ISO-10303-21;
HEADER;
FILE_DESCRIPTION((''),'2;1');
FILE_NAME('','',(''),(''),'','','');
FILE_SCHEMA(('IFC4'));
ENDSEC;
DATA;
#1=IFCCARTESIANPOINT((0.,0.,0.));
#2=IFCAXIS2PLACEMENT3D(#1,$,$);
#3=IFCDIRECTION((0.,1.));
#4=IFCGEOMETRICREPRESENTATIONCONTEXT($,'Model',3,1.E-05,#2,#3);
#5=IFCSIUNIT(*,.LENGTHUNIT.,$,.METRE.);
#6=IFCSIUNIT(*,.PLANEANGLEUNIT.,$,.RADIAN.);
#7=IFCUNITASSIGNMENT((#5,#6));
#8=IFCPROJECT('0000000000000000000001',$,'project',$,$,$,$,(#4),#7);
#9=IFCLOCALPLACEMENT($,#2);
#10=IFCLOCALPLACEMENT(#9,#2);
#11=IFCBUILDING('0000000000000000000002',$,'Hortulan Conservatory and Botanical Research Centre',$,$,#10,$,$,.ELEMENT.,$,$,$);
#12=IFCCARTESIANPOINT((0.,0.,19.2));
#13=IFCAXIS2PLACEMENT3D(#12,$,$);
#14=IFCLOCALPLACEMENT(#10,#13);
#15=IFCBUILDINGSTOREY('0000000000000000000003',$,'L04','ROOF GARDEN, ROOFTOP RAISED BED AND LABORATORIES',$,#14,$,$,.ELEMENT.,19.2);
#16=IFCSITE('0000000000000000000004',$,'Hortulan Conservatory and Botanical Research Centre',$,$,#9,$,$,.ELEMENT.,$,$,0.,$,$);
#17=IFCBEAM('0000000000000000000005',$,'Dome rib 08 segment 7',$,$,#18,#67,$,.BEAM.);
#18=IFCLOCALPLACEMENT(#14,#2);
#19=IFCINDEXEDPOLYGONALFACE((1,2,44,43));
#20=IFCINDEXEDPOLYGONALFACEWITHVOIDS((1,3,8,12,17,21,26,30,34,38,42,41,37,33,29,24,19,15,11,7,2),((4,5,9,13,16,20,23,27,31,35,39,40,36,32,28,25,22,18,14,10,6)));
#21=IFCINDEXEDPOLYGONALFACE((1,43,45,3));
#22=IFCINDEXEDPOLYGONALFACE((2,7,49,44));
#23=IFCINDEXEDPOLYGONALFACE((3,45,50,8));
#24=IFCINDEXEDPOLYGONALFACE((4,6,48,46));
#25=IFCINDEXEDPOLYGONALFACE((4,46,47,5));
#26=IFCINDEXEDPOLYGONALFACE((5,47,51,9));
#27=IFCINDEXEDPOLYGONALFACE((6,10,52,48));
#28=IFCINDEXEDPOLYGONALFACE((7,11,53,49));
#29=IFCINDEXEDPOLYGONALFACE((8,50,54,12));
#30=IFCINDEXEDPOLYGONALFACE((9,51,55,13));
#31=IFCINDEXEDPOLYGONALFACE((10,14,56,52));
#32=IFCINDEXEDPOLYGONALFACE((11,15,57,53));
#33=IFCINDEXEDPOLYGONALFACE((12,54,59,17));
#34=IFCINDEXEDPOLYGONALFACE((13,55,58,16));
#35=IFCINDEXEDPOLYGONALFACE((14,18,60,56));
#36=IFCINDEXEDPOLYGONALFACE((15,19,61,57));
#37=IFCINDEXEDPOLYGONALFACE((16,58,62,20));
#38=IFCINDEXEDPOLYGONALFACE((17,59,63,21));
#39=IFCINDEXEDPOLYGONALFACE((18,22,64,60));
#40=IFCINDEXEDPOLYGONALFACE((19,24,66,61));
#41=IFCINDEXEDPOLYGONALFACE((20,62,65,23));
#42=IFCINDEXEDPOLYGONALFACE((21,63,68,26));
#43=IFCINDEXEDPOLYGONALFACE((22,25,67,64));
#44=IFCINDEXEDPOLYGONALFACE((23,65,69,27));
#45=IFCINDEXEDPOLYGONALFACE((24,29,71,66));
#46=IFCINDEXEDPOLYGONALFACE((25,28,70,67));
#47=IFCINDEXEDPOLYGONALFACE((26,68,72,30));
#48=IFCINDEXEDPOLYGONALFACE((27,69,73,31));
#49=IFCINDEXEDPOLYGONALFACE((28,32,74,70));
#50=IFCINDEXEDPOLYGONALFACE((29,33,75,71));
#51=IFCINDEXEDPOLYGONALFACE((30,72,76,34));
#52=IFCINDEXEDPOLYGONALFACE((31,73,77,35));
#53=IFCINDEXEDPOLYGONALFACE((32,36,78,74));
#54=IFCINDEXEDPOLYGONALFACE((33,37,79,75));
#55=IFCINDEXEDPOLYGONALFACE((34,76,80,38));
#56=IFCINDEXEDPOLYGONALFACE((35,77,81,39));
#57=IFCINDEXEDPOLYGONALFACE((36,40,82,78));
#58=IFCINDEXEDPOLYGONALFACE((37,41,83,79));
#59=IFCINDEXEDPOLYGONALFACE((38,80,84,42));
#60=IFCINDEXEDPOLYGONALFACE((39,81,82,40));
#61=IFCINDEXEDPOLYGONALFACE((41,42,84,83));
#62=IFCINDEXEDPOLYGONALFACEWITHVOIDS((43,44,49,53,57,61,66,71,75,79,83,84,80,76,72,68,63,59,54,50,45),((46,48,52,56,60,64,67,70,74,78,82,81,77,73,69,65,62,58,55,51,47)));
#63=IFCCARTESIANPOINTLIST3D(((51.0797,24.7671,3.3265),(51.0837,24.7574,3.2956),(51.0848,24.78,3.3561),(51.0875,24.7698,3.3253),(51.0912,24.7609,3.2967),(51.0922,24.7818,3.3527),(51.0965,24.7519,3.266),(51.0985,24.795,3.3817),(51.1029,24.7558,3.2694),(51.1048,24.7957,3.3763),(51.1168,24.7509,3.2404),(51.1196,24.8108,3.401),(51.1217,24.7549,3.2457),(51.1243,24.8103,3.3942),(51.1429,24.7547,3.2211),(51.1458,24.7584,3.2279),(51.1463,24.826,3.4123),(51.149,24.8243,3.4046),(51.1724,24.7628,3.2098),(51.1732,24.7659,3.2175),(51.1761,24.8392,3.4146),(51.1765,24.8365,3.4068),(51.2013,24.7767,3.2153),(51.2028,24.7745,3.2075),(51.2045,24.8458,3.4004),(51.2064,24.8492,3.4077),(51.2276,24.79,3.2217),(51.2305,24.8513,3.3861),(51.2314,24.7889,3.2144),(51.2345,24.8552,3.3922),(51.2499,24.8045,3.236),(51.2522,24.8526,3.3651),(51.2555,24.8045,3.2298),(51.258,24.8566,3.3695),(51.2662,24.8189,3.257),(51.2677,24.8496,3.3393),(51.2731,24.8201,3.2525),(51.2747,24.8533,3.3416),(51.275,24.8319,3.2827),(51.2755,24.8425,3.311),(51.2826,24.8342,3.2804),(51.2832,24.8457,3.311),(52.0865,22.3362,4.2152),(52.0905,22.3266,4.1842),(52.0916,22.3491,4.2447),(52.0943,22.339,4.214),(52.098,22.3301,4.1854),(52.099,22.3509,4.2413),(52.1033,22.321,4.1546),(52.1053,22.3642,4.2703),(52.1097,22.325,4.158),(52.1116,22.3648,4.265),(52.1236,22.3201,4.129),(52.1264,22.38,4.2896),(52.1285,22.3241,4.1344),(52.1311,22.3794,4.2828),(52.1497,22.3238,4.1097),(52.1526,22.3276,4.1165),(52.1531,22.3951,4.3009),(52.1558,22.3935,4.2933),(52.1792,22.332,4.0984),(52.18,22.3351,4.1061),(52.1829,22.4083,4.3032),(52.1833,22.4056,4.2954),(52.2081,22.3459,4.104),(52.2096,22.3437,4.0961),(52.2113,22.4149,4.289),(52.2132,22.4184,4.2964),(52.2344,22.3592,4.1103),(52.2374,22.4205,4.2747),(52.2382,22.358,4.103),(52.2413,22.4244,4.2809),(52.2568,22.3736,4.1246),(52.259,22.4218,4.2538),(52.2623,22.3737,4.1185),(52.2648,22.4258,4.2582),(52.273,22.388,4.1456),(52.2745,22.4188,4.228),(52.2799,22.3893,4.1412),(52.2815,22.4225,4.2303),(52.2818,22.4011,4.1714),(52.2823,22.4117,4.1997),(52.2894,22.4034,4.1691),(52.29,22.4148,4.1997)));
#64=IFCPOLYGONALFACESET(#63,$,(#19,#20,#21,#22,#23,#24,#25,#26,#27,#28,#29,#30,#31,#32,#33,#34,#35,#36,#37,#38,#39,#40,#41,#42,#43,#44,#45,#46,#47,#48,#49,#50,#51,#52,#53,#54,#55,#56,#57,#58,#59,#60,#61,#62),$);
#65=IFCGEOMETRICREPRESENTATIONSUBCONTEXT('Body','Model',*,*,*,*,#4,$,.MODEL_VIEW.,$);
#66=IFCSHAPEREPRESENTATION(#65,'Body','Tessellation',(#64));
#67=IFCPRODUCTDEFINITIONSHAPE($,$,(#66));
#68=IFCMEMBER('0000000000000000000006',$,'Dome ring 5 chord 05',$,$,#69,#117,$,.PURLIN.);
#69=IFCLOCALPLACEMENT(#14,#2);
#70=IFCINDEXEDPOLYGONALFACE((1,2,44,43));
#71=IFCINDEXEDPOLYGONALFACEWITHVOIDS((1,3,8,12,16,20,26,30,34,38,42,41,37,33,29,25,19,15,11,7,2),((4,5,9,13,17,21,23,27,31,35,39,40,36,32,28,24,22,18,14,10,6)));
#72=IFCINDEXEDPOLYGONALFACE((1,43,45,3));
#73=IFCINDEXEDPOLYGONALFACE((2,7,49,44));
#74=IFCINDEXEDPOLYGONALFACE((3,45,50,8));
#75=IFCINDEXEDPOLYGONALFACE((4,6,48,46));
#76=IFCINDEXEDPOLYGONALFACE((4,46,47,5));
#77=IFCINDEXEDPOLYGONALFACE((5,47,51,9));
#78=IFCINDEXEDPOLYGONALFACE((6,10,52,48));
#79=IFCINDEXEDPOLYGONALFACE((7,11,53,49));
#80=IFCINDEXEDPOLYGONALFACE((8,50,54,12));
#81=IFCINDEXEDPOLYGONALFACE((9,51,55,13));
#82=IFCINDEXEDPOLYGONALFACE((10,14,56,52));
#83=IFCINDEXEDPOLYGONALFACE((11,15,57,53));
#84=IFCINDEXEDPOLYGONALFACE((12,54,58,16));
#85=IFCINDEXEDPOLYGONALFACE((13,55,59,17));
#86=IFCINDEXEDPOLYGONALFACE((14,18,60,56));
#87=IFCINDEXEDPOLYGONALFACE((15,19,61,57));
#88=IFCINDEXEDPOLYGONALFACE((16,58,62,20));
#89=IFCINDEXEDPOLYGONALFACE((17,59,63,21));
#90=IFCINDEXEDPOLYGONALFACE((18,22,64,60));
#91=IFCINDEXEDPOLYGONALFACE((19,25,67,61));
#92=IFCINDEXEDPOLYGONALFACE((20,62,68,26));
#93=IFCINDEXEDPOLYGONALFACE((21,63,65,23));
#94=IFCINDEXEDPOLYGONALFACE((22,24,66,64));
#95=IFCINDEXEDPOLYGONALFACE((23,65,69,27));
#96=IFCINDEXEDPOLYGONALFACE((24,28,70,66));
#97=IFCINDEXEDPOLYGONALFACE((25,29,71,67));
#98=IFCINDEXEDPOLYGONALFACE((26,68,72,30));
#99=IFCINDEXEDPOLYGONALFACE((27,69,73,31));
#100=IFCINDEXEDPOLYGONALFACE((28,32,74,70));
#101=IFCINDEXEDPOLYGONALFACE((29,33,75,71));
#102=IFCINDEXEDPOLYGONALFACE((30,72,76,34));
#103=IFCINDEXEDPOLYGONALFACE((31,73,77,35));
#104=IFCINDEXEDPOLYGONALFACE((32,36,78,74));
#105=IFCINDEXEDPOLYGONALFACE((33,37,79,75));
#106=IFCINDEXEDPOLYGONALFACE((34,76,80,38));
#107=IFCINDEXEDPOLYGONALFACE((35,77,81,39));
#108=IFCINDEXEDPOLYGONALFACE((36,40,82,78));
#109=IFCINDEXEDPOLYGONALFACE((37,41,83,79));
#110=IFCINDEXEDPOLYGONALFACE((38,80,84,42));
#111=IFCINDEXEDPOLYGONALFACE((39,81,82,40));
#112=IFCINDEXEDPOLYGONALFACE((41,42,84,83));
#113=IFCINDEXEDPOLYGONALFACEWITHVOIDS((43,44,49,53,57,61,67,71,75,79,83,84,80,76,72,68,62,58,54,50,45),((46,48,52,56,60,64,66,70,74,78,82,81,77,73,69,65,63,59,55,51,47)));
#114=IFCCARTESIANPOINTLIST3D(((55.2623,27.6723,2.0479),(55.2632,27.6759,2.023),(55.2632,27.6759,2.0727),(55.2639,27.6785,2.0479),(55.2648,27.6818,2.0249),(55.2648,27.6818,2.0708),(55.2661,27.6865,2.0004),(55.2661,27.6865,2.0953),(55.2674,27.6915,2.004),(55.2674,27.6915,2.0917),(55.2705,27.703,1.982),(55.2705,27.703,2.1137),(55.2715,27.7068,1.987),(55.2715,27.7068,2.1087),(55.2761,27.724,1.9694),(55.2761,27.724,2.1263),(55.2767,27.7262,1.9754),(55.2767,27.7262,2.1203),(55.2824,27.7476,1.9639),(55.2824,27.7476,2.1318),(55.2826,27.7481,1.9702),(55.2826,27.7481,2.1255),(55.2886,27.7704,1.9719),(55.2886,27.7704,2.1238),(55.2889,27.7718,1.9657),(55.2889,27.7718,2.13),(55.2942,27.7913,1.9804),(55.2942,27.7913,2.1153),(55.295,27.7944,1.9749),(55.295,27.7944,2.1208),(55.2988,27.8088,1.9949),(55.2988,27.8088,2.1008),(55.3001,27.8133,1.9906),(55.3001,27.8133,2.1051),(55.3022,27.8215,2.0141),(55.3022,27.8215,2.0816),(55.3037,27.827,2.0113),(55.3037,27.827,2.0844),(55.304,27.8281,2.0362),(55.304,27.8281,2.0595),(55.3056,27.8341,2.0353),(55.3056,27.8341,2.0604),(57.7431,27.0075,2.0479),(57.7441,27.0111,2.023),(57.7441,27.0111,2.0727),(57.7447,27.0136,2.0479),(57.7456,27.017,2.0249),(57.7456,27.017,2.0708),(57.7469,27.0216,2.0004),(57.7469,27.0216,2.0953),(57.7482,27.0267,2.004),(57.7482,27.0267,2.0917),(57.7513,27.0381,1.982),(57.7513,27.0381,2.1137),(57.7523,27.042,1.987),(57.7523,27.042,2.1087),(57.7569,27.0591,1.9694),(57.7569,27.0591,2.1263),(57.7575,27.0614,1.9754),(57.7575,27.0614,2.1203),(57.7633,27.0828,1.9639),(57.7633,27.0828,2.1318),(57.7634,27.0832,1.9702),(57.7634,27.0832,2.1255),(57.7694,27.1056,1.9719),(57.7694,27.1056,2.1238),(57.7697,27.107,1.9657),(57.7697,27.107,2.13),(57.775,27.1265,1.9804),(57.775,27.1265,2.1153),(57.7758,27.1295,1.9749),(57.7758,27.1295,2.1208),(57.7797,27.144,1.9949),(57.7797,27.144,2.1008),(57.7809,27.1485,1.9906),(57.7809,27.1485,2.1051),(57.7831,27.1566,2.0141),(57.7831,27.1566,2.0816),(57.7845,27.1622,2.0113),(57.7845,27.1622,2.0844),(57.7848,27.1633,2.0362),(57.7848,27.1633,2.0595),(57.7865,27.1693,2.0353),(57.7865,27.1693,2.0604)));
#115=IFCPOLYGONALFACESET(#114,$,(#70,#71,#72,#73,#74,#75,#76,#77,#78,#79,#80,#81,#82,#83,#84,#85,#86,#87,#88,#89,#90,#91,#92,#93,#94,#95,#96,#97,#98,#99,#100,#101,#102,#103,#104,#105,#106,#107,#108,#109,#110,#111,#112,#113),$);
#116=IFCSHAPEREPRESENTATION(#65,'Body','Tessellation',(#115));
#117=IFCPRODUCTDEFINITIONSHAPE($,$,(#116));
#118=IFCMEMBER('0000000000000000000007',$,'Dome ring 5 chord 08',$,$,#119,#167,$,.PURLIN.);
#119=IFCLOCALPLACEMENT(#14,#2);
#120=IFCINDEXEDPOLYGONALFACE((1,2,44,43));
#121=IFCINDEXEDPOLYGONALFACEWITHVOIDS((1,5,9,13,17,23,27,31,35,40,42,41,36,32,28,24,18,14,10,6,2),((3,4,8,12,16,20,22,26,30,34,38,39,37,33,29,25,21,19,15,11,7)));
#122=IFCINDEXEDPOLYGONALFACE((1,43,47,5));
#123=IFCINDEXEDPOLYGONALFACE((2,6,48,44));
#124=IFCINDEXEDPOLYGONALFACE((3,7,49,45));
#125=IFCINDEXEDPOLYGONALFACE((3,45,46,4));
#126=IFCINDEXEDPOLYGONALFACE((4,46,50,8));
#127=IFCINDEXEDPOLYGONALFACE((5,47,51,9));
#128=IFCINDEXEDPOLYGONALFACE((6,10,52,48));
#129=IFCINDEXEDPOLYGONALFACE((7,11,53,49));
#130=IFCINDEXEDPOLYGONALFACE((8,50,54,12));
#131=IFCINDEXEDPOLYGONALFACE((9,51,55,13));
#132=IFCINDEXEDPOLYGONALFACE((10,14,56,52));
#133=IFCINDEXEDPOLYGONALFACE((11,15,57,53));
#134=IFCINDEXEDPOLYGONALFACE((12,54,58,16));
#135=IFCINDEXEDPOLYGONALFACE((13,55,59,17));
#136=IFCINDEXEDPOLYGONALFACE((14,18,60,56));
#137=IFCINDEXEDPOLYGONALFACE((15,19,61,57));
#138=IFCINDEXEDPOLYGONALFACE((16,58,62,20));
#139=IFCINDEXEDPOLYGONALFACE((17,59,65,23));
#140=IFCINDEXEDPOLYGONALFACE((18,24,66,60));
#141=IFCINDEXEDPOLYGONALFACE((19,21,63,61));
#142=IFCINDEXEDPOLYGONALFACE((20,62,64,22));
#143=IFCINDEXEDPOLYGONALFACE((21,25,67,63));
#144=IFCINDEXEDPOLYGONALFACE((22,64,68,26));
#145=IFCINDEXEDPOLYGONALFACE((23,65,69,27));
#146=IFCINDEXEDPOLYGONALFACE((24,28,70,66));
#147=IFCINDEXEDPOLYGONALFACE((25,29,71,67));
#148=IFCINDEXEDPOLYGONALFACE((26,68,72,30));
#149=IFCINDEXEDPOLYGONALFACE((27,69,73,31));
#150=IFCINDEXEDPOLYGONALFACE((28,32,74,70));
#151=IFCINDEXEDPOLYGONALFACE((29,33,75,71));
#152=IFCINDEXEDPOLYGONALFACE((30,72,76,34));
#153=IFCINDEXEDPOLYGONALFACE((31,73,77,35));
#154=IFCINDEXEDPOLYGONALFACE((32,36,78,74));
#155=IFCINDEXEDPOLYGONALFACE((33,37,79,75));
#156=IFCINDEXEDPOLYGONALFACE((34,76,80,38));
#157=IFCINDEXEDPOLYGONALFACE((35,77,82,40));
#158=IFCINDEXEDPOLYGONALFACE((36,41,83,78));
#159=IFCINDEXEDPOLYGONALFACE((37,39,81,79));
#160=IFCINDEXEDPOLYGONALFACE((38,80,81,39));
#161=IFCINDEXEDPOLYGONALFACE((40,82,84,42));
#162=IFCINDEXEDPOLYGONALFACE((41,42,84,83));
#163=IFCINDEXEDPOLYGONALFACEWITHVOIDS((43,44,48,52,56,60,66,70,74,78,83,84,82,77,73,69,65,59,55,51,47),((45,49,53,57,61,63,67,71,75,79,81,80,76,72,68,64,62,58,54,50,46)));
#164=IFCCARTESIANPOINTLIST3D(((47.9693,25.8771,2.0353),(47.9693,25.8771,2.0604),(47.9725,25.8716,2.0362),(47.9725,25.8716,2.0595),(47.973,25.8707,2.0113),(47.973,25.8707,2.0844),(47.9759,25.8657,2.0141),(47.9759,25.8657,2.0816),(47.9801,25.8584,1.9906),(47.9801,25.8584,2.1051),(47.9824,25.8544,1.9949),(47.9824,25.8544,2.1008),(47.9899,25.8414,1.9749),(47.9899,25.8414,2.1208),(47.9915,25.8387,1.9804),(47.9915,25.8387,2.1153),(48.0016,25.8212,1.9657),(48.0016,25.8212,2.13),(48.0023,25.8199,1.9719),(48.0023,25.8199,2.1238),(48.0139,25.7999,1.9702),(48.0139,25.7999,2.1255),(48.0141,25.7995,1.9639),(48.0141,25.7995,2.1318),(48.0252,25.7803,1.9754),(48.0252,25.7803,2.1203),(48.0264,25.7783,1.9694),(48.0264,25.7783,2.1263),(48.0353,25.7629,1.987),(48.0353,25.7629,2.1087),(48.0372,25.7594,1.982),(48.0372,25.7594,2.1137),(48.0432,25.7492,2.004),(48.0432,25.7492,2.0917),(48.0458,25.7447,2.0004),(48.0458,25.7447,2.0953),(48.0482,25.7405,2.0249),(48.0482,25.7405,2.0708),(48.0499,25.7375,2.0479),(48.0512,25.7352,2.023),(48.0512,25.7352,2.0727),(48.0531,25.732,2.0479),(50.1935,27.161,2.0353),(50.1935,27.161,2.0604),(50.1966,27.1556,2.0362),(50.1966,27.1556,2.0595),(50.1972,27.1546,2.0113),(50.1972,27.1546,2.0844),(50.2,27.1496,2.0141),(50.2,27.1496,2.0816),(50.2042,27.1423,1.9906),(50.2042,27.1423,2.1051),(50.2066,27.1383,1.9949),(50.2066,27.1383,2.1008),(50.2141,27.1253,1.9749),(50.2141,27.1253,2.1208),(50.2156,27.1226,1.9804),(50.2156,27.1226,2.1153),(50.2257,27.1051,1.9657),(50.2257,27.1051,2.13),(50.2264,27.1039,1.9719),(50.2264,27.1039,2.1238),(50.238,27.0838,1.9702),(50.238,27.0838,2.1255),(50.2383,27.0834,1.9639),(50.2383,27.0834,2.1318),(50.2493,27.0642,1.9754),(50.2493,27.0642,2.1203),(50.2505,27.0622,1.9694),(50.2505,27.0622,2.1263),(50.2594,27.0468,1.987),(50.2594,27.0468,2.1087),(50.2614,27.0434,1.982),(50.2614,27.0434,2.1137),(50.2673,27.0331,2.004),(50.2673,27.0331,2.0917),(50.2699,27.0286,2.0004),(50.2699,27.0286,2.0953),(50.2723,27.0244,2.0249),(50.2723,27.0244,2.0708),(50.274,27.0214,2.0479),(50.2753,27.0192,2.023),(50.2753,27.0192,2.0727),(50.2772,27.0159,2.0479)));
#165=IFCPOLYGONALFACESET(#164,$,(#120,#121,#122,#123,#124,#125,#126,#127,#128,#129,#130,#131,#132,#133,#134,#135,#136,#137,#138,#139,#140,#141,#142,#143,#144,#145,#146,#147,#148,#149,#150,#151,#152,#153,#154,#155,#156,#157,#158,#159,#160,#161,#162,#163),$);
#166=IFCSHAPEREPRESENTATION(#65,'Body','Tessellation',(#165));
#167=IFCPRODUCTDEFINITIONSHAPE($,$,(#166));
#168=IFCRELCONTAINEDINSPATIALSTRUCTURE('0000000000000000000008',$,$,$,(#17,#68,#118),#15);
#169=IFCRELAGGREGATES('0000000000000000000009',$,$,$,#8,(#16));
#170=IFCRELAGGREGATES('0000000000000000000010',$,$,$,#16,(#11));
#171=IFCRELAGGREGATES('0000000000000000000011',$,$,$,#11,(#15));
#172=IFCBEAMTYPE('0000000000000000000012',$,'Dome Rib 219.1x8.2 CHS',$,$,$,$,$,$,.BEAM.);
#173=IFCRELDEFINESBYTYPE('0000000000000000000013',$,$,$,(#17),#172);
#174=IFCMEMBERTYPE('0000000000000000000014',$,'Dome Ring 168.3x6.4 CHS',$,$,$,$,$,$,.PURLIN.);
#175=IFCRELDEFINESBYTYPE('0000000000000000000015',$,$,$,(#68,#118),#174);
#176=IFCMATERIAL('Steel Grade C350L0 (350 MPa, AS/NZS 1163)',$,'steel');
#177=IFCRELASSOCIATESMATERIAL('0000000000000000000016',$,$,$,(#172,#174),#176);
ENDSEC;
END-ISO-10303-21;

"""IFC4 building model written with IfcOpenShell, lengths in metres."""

from ifc_helpers import new_model, si_unit, direction, frame, origin, origin_2d, place, context, subcontext, project, spatial, hollow_circle, extrude, material, material_profile, profile_set, type_object, element, save


model = new_model("IFC4")

# Units and contexts
model_context = context("Model", 3, precision=1e-05, world=origin(), true_north=direction((0.0, 1.0)))
body_context = subcontext(model_context, "Body", "Model", "MODEL_VIEW")
ifc_project = project(units=[si_unit("LENGTHUNIT", "METRE"), si_unit("PLANEANGLEUNIT", "RADIAN")], contexts=[model_context])

# Site, building, storey
site_placement = place(None, origin())
site = spatial("IfcSite", under=ifc_project, at=site_placement, Name="Hortulan Conservatory and Botanical Research Centre", CompositionType="ELEMENT", RefElevation=0.0)
building_placement = place(site_placement, origin())
building = spatial("IfcBuilding", under=site, at=building_placement, Name="Hortulan Conservatory and Botanical Research Centre", CompositionType="ELEMENT")
storey_placement = place(building_placement, frame((0.0, 0.0, 19.2)))
storey = spatial("IfcBuildingStorey", under=building, at=storey_placement, Name="L04", Description="ROOF GARDEN, ROOFTOP RAISED BED AND LABORATORIES", CompositionType="ELEMENT", Elevation=19.2)

# Beam
ifc_material_1 = material(Name="Steel Grade C350L0 (350 MPa, AS/NZS 1163)", Category="steel")
ifc_material_profile_1 = material_profile(ifc_material_1, hollow_circle(Radius=0.1096, WallThickness=0.0083, at=origin_2d()), Name="219.1x8.2CHS")
ifc_profile_set_1 = profile_set([ifc_material_profile_1], Name="Steel Grade C350L0 (350 MPa, AS/NZS 1163)")
beam_type = type_object("IfcBeamType", Name="Dome Rib 219.1x8.2 CHS", PredefinedType="BEAM", material=ifc_profile_set_1)
beam_1_placement = place(storey_placement, frame((51.1819, 24.8037, 3.311), z_axis=(0.362538, -0.875313, 0.31999), x_axis=(0.92389, 0.382658, 0.0)))
element("IfcBeam", 1, at=beam_1_placement, inside=storey, type_object=beam_type, Name="Dome rib 08 segment 7", PredefinedType="BEAM", context=body_context, shape_type="SweptSolid", body=[
    extrude(hollow_circle(Radius=0.1096, WallThickness=0.0083, at=origin_2d()), origin(), (0.0, 0.0, 1.0), 2.7771),
])

# Members
ifc_material_profile_2 = material_profile(ifc_material_1, hollow_circle(Radius=0.0842, WallThickness=0.0063, at=origin_2d()), Name="168.3x6.4CHS")
ifc_profile_set_2 = profile_set([ifc_material_profile_2], Name="Steel Grade C350L0 (350 MPa, AS/NZS 1163)")
member_type_1 = type_object("IfcMemberType", Name="Dome Ring 168.3x6.4 CHS", PredefinedType="PURLIN", material=ifc_profile_set_2)
member_1_placement = place(storey_placement, frame((57.7649, 27.0889, 2.0479), z_axis=(-0.965917, 0.258852, 0.0), x_axis=(-0.258852, -0.965917, 0.0)))
element("IfcMember", 2, at=member_1_placement, inside=storey, type_object=member_type_1, Name="Dome ring 5 chord 05", PredefinedType="PURLIN", context=body_context, shape_type="SweptSolid", body=[
    extrude(hollow_circle(Radius=0.0842, WallThickness=0.0063, at=origin_2d()), origin(), (0.0, 0.0, 1.0), 2.5684),
])
member_2_placement = place(storey_placement, frame((50.2351, 27.0889, 2.0479), z_axis=(-0.866053, -0.499953, 0.0), x_axis=(0.499953, -0.866053, 0.0)))
element("IfcMember", 3, at=member_2_placement, inside=storey, type_object=member_type_1, Name="Dome ring 5 chord 08", PredefinedType="PURLIN", context=body_context, shape_type="SweptSolid", body=[
    extrude(hollow_circle(Radius=0.0842, WallThickness=0.0063, at=origin_2d()), origin(), (0.0, 0.0, 1.0), 2.5681),
])

save(model, "model.ifc")
